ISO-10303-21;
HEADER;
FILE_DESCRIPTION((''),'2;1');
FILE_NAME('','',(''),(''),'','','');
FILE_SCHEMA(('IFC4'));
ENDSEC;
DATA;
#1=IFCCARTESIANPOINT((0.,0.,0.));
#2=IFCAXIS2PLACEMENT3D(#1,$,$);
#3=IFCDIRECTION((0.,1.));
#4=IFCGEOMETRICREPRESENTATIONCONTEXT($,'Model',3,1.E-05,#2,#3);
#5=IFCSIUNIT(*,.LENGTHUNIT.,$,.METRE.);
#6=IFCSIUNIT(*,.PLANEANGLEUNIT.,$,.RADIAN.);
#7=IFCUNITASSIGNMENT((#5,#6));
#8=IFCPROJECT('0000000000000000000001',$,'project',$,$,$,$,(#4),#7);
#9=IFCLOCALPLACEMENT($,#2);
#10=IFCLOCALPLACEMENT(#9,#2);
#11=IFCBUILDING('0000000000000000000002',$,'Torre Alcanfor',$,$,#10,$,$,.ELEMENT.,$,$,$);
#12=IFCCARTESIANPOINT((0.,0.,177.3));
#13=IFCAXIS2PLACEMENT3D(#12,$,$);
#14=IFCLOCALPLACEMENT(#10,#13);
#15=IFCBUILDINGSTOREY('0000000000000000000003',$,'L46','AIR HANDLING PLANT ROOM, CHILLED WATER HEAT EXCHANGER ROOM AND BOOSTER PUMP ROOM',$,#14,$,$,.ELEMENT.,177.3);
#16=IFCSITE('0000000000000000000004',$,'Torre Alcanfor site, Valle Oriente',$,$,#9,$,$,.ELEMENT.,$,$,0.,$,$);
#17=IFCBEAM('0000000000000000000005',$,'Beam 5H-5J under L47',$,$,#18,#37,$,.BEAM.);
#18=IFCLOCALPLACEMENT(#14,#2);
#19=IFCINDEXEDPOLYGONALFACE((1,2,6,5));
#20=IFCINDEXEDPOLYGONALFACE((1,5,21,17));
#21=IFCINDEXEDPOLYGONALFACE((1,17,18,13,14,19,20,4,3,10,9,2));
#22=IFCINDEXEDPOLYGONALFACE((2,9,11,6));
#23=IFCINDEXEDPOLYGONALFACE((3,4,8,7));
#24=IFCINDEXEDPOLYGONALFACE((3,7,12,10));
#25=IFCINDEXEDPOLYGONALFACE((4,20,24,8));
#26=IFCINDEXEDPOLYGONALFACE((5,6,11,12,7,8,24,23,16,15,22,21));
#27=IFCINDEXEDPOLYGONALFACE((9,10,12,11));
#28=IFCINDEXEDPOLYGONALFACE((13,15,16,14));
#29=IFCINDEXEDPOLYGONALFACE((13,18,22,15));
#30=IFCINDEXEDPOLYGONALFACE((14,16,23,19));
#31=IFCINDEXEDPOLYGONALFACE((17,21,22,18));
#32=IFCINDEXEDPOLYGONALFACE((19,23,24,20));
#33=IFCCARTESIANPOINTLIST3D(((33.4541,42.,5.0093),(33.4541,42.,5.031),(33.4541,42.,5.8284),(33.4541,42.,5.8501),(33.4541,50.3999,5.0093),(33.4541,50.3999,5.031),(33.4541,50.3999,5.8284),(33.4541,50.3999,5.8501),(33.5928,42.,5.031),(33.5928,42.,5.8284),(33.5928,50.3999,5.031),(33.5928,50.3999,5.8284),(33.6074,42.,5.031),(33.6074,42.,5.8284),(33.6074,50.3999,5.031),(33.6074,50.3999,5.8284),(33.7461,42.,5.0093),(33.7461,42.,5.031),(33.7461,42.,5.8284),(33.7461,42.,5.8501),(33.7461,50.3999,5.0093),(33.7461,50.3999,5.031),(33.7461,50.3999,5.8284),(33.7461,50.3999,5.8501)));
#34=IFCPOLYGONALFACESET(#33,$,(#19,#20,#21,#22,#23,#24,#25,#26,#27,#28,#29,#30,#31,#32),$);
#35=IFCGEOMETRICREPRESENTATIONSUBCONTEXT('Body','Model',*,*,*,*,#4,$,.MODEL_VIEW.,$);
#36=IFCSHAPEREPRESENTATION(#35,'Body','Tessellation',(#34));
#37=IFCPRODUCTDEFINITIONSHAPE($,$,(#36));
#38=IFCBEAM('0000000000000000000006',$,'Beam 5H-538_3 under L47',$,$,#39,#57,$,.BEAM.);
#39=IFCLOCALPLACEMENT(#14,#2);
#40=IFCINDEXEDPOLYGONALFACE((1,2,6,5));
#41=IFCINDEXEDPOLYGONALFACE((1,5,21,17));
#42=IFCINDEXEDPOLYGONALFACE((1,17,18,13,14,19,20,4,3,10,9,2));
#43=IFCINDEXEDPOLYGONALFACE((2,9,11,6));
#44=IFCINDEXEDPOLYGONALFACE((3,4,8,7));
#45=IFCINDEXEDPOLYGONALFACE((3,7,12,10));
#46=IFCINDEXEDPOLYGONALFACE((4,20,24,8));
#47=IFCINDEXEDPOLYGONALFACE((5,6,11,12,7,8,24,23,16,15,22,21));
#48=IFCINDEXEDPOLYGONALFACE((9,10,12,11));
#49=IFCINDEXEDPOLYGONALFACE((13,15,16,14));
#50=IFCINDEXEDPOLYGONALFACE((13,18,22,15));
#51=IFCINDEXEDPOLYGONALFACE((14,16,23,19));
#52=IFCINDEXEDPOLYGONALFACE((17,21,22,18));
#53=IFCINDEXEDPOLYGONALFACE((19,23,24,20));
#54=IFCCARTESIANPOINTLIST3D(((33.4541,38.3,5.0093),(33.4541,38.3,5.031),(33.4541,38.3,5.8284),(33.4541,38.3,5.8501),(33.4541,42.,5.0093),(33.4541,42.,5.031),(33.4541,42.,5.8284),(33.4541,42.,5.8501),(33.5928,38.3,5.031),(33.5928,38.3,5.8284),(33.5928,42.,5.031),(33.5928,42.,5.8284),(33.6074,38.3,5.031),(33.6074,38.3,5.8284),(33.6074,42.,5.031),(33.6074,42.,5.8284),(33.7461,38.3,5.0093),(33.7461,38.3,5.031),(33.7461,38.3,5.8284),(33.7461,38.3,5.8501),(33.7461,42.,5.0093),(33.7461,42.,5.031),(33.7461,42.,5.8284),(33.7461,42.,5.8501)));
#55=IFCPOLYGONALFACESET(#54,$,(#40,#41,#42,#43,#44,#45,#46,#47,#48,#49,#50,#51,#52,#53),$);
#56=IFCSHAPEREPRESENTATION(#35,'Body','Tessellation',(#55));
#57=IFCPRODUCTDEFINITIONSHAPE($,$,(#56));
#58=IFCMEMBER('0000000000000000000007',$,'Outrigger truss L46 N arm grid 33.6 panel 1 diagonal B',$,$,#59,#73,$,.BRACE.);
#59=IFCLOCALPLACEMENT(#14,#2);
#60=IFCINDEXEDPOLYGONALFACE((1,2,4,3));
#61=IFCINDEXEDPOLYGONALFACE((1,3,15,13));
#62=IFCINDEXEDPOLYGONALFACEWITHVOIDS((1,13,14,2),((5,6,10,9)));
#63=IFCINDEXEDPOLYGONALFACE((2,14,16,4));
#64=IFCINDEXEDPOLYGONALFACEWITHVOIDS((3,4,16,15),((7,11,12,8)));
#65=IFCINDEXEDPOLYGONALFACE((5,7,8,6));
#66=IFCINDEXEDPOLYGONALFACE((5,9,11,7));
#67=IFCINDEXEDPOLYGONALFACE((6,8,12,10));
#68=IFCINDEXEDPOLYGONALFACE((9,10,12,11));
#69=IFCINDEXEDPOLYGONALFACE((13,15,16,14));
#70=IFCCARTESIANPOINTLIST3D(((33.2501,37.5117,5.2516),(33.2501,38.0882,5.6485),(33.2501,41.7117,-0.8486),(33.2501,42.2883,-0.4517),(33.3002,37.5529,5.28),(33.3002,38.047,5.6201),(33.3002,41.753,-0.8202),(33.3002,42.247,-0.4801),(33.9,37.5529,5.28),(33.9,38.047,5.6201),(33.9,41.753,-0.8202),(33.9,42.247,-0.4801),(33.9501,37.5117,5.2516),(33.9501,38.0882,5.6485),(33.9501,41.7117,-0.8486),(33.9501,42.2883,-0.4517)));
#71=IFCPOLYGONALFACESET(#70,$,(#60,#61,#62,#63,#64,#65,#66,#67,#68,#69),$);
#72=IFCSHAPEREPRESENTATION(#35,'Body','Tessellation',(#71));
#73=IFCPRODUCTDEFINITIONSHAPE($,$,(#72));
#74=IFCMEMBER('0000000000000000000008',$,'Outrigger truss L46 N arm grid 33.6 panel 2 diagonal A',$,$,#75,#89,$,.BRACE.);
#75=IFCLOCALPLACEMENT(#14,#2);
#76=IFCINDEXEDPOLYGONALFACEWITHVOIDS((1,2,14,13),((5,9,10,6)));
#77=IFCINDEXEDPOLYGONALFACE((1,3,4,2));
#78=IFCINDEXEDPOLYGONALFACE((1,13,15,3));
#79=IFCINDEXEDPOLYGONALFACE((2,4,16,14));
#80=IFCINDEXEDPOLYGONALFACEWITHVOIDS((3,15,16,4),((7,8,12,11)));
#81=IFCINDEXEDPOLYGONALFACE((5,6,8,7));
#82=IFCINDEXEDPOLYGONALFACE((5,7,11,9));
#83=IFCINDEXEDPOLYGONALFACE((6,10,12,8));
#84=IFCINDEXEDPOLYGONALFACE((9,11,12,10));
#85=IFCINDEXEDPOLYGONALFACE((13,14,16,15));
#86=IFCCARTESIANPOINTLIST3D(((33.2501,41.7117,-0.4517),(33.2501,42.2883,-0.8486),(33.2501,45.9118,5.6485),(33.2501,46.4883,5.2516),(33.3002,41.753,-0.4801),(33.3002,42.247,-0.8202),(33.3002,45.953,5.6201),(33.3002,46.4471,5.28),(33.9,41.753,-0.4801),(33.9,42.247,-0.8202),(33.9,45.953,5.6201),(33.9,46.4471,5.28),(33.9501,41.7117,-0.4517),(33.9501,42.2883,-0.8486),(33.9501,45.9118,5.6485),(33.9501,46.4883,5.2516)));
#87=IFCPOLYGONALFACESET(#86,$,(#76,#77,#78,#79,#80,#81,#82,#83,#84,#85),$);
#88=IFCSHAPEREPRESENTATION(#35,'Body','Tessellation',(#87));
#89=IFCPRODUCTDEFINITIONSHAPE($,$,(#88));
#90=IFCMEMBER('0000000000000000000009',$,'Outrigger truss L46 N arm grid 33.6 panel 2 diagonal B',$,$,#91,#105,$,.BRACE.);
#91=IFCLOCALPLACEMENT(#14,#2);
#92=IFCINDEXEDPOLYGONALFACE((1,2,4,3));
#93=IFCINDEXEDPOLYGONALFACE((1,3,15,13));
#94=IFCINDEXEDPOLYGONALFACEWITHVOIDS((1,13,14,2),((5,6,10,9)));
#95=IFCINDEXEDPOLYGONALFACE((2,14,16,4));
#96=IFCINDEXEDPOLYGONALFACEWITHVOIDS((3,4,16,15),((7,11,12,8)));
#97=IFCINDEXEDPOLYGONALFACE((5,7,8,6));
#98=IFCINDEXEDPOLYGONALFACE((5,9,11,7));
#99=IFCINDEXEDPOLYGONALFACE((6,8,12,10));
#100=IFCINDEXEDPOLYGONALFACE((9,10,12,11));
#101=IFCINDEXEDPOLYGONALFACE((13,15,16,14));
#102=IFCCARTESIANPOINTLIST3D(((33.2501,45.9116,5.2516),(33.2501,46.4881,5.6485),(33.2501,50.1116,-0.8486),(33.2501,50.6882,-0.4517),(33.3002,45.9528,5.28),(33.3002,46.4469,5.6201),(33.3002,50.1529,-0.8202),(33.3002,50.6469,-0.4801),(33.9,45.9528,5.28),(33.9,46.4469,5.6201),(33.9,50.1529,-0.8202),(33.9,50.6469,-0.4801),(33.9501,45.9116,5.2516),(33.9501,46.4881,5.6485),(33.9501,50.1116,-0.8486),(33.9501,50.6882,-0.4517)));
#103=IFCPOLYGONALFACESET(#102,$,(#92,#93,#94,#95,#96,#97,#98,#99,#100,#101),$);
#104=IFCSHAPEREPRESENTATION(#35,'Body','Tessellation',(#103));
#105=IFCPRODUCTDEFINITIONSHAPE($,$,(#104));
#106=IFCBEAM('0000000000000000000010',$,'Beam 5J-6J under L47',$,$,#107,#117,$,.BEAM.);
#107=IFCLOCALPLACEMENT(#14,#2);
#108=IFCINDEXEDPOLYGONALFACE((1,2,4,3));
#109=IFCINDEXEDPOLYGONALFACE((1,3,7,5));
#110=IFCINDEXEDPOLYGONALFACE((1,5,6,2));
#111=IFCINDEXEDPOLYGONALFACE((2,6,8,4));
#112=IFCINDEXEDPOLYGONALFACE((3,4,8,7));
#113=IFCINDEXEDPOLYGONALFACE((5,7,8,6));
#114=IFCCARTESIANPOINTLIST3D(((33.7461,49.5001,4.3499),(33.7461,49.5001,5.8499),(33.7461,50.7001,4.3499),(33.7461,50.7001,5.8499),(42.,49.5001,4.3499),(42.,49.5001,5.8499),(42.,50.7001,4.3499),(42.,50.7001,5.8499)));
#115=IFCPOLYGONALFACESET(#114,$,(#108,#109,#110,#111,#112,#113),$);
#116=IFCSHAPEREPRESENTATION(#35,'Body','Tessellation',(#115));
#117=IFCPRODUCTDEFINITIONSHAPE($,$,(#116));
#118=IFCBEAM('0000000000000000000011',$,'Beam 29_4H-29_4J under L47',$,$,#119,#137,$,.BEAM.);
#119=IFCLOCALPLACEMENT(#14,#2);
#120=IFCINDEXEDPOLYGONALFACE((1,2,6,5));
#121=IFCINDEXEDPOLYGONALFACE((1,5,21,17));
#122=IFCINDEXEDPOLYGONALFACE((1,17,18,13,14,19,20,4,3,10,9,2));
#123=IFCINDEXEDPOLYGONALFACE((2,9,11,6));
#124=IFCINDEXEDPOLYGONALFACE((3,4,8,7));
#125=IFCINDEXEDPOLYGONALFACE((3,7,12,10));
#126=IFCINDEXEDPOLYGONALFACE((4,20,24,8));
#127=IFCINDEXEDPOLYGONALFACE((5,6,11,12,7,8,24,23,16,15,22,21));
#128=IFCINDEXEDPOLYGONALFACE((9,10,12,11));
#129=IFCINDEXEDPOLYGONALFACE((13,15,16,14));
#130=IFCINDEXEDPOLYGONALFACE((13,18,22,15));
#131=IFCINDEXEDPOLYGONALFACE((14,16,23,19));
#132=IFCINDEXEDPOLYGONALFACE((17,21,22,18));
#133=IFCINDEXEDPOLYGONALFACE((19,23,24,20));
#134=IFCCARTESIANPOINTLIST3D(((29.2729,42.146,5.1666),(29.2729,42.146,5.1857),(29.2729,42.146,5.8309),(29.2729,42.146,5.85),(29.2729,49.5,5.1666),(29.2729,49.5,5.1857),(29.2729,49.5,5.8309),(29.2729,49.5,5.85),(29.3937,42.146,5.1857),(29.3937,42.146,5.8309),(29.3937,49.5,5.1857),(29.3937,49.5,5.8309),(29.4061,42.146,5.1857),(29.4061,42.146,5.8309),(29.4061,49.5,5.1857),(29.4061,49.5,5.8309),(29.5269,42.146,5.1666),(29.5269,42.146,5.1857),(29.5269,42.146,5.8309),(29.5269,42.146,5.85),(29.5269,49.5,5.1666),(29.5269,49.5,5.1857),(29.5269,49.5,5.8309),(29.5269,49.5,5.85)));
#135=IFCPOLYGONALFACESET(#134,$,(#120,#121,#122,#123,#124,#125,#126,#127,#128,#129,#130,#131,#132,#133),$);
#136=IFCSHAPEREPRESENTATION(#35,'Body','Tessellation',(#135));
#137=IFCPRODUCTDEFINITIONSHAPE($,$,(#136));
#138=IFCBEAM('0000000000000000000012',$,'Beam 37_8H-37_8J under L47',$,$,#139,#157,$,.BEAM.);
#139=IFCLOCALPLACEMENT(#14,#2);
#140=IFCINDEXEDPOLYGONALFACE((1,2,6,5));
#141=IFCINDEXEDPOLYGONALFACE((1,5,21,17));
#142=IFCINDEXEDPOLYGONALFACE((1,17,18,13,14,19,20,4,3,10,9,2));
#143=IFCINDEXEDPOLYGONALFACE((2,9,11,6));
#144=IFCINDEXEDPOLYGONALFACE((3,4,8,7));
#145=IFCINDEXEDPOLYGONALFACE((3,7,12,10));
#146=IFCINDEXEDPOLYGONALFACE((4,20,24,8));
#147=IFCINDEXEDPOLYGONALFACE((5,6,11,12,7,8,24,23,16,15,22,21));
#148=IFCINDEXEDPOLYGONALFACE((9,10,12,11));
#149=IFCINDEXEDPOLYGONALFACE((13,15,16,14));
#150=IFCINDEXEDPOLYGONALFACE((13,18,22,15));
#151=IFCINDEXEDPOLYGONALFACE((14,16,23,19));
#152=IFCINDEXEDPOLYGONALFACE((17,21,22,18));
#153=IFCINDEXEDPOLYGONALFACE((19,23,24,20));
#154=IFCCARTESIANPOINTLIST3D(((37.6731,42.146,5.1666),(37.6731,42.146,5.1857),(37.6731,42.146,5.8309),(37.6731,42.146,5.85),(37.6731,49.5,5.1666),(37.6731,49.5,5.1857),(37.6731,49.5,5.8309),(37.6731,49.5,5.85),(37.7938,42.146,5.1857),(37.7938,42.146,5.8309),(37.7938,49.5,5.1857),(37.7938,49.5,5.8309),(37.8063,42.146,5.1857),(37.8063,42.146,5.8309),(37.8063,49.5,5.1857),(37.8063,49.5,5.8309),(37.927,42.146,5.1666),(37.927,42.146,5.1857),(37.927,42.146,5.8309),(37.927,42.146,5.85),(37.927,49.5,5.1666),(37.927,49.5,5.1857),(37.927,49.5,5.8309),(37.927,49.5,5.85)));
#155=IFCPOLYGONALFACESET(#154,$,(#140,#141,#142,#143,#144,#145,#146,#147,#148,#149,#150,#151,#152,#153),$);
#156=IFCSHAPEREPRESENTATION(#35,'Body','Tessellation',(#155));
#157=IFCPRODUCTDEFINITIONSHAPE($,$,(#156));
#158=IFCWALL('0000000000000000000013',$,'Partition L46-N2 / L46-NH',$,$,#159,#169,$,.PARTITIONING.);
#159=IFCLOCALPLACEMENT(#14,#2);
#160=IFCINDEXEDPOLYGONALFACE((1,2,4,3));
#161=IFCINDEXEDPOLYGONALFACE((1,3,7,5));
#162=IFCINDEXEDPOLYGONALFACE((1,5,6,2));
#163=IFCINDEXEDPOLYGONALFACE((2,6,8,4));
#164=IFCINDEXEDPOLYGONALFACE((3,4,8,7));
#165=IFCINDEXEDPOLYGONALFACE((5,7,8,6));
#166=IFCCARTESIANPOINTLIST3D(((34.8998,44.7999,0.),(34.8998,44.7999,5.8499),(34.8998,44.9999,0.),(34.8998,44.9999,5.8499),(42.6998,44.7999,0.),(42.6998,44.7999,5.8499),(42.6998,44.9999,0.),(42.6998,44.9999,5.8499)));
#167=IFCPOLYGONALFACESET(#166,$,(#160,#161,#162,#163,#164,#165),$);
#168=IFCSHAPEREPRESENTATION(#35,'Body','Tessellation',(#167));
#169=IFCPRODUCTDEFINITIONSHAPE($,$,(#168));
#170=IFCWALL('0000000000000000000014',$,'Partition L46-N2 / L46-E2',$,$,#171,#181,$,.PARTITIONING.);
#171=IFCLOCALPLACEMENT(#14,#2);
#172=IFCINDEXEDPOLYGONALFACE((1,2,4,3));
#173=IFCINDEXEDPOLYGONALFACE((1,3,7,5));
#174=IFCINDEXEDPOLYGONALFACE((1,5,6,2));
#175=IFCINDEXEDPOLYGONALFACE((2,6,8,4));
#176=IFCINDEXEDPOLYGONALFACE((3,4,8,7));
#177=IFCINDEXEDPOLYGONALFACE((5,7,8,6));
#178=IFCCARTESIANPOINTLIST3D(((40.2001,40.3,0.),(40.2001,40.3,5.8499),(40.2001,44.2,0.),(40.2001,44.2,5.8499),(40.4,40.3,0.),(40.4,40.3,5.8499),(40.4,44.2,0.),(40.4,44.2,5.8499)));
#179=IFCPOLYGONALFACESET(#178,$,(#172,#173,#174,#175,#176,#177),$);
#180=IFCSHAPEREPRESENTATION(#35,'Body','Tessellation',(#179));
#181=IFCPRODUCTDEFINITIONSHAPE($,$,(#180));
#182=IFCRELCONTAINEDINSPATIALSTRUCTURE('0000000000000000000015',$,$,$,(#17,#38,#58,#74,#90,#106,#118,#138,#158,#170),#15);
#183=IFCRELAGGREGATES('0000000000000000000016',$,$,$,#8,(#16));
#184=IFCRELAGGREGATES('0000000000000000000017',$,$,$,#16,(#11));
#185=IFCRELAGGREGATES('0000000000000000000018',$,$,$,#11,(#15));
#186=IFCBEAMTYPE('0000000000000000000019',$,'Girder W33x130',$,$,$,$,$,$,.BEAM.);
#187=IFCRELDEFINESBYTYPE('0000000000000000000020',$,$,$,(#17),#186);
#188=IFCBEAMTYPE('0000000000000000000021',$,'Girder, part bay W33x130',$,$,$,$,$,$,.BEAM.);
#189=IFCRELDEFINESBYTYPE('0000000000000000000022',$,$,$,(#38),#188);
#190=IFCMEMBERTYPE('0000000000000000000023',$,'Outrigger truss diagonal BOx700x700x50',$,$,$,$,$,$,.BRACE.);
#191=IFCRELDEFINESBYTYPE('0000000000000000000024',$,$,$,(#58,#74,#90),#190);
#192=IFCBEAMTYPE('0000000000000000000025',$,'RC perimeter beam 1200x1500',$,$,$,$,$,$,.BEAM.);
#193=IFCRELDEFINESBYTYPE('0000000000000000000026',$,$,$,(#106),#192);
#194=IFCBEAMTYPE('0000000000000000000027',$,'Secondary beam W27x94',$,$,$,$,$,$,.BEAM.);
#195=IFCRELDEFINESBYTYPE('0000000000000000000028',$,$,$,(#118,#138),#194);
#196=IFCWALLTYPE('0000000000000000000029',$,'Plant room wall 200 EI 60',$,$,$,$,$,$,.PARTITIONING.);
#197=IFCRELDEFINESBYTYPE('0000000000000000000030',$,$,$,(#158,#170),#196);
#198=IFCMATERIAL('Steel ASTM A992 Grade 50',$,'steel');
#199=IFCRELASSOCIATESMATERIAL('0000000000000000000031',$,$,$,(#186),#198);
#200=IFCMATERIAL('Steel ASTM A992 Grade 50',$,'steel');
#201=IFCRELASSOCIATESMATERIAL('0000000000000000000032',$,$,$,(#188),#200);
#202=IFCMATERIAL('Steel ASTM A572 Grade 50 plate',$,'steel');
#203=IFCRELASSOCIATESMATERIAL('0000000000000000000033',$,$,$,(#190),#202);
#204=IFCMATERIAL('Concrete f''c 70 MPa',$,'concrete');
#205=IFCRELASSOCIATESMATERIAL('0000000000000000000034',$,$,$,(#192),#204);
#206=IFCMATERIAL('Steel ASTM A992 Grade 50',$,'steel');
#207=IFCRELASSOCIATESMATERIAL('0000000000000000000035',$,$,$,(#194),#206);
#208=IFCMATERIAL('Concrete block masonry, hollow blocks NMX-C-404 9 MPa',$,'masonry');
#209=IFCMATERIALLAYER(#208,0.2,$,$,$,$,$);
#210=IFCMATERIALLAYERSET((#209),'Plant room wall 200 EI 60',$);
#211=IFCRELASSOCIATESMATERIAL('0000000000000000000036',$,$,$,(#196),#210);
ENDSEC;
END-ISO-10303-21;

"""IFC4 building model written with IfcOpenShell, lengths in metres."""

from ifc_helpers import new_model, si_unit, direction, frame, frame_2d, origin, origin_2d, place, context, subcontext, project, spatial, rectangle, hollow_rectangle, i_section, extrude, material, layer, layer_set, material_profile, profile_set, type_object, element, save


model = new_model("IFC4")

# Units and contexts
model_context = context("Model", 3, precision=1e-05, world=origin(), true_north=direction((0.0, 1.0)))
body_context = subcontext(model_context, "Body", "Model", "MODEL_VIEW")
ifc_project = project(units=[si_unit("LENGTHUNIT", "METRE"), si_unit("PLANEANGLEUNIT", "RADIAN")], contexts=[model_context])

# Site, building, storey
site_placement = place(None, origin())
site = spatial("IfcSite", under=ifc_project, at=site_placement, Name="Torre Alcanfor site, Valle Oriente", CompositionType="ELEMENT", RefElevation=0.0)
building_placement = place(site_placement, origin())
building = spatial("IfcBuilding", under=site, at=building_placement, Name="Torre Alcanfor", CompositionType="ELEMENT")
storey_placement = place(building_placement, frame((0.0, 0.0, 177.3)))
storey = spatial("IfcBuildingStorey", under=building, at=storey_placement, Name="L46", Description="AIR HANDLING PLANT ROOM, CHILLED WATER HEAT EXCHANGER ROOM AND BOOSTER PUMP ROOM", CompositionType="ELEMENT", Elevation=177.3)

# Beams
ifc_material_1 = material(Name="Steel ASTM A992 Grade 50", Category="steel")
ifc_material_profile_1 = material_profile(ifc_material_1, i_section(OverallWidth=0.292, OverallDepth=0.8408, WebThickness=0.0146, FlangeThickness=0.0217, at=origin_2d()), Name="W33x130")
ifc_profile_set_1 = profile_set([ifc_material_profile_1], Name="Steel ASTM A992 Grade 50")
beam_type_1 = type_object("IfcBeamType", Name="Girder W33x130", PredefinedType="BEAM", material=ifc_profile_set_1)
for number, where, z_axis, x_axis, name in (
    (1, (33.6001, 42.0, 5.4297), (0.0, 1.0, 0.0), (-1.0, 0.0, 0.0), "Beam 5H-5J under L47"),
):
    element("IfcBeam", number, at=place(storey_placement, frame(where, z_axis=z_axis, x_axis=x_axis)), inside=storey, type_object=beam_type_1, Name=name, PredefinedType="BEAM", context=body_context, shape_type="SweptSolid", body=[
        extrude(i_section(OverallWidth=0.292, OverallDepth=0.8408, WebThickness=0.0146, FlangeThickness=0.0217, at=origin_2d()), origin(), (0.0, 0.0, 1.0), 8.3999),
    ])
ifc_material_2 = material(Name="Steel ASTM A992 Grade 50", Category="steel")
ifc_material_profile_2 = material_profile(ifc_material_2, i_section(OverallWidth=0.292, OverallDepth=0.8408, WebThickness=0.0146, FlangeThickness=0.0217, at=origin_2d()), Name="W33x130")
ifc_profile_set_2 = profile_set([ifc_material_profile_2], Name="Steel ASTM A992 Grade 50")
beam_type_2 = type_object("IfcBeamType", Name="Girder, part bay W33x130", PredefinedType="BEAM", material=ifc_profile_set_2)
beam_1_placement = place(storey_placement, frame((33.6001, 42.0, 5.4297), z_axis=(0.0, -1.0, 0.0), x_axis=(1.0, 0.0, 0.0)))
element("IfcBeam", 2, at=beam_1_placement, inside=storey, type_object=beam_type_2, Name="Beam 5H-538_3 under L47", PredefinedType="BEAM", context=body_context, shape_type="SweptSolid", body=[
    extrude(i_section(OverallWidth=0.292, OverallDepth=0.8408, WebThickness=0.0146, FlangeThickness=0.0217, at=origin_2d()), origin(), (0.0, 0.0, 1.0), 3.7),
])

# Members
ifc_material_3 = material(Name="Steel ASTM A572 Grade 50 plate", Category="steel")
ifc_material_profile_3 = material_profile(ifc_material_3, hollow_rectangle(XDim=0.7, YDim=0.7, WallThickness=0.05, at=origin_2d()), Name="BOX 700x700x50")
ifc_profile_set_3 = profile_set([ifc_material_profile_3], Name="Steel ASTM A572 Grade 50 plate")
member_type_1 = type_object("IfcMemberType", Name="Outrigger truss diagonal BOx700x700x50", PredefinedType="BRACE", material=ifc_profile_set_3)
for number, where, z_axis, x_axis, name in (
    (3, (33.6001, 42.0, -0.6501), (0.0, -0.567091, 0.823655), (1.0, 0.0, 0.0), "Outrigger truss L46 N arm grid 33.6 panel 1 diagonal B"),
    (4, (33.6001, 42.0, -0.6501), (0.0, 0.567091, 0.823655), (-1.0, 0.0, 0.0), "Outrigger truss L46 N arm grid 33.6 panel 2 diagonal A"),
    (5, (33.6001, 50.3999, -0.6501), (0.0, -0.567091, 0.823655), (1.0, 0.0, 0.0), "Outrigger truss L46 N arm grid 33.6 panel 2 diagonal B"),
):
    element("IfcMember", number, at=place(storey_placement, frame(where, z_axis=z_axis, x_axis=x_axis)), inside=storey, type_object=member_type_1, Name=name, PredefinedType="BRACE", context=body_context, shape_type="SweptSolid", body=[
        extrude(hollow_rectangle(XDim=0.7, YDim=0.7, WallThickness=0.05, at=origin_2d()), origin(), (0.0, 0.0, 1.0), 7.4062),
    ])

# Beams
ifc_material_4 = material(Name="Concrete f'c 70 MPa", Category="concrete")
ifc_material_profile_4 = material_profile(ifc_material_4, rectangle(XDim=1.2, YDim=1.5, at=origin_2d()), Name="1200x1500")
ifc_profile_set_4 = profile_set([ifc_material_profile_4], Name="Concrete f'c 70 MPa")
beam_type_3 = type_object("IfcBeamType", Name="RC perimeter beam 1200x1500", PredefinedType="BEAM", material=ifc_profile_set_4)
beam_2_placement = place(storey_placement, frame((33.7461, 50.1001, 5.0999), z_axis=(1.0, 0.0, 0.0), x_axis=(0.0, 1.0, 0.0)))
element("IfcBeam", 6, at=beam_2_placement, inside=storey, type_object=beam_type_3, Name="Beam 5J-6J under L47", PredefinedType="BEAM", context=body_context, shape_type="SweptSolid", body=[
    extrude(rectangle(XDim=1.2, YDim=1.5, at=origin_2d()), origin(), (0.0, 0.0, 1.0), 8.2539),
])
ifc_material_5 = material(Name="Steel ASTM A992 Grade 50", Category="steel")
ifc_material_profile_5 = material_profile(ifc_material_5, i_section(OverallWidth=0.2539, OverallDepth=0.6833, WebThickness=0.0125, FlangeThickness=0.019, at=origin_2d()), Name="W27x94")
ifc_profile_set_5 = profile_set([ifc_material_profile_5], Name="Steel ASTM A992 Grade 50")
beam_type_4 = type_object("IfcBeamType", Name="Secondary beam W27x94", PredefinedType="BEAM", material=ifc_profile_set_5)
for number, where, z_axis, x_axis, name in (
    (7, (29.3999, 42.146, 5.5083), (0.0, 1.0, 0.0), (-1.0, 0.0, 0.0), "Beam 29_4H-29_4J under L47"),
    (8, (37.8, 42.146, 5.5083), (0.0, 1.0, 0.0), (-1.0, 0.0, 0.0), "Beam 37_8H-37_8J under L47"),
):
    element("IfcBeam", number, at=place(storey_placement, frame(where, z_axis=z_axis, x_axis=x_axis)), inside=storey, type_object=beam_type_4, Name=name, PredefinedType="BEAM", context=body_context, shape_type="SweptSolid", body=[
        extrude(i_section(OverallWidth=0.2539, OverallDepth=0.6833, WebThickness=0.0125, FlangeThickness=0.019, at=origin_2d()), origin(), (0.0, 0.0, 1.0), 7.354),
    ])

# Walls
ifc_material_6 = material(Name="Concrete block masonry, hollow blocks NMX-C-404 9 MPa", Category="masonry")
ifc_layer_1 = layer(ifc_material_6, 0.2)
ifc_layer_set_1 = layer_set([ifc_layer_1], Name="Plant room wall 200 EI 60")
wall_type = type_object("IfcWallType", Name="Plant room wall 200 EI 60", PredefinedType="PARTITIONING", material=ifc_layer_set_1)
wall_1_placement = place(storey_placement, frame((34.8999, 44.8999, 0.0), z_axis=(0.0, 0.0, 1.0), x_axis=(1.0, 0.0, 0.0)))
element("IfcWall", 9, at=wall_1_placement, inside=storey, type_object=wall_type, Name="Partition L46-N2 / L46-NH", PredefinedType="PARTITIONING", context=body_context, shape_type="SweptSolid", body=[
    extrude(rectangle(XDim=7.8, YDim=0.2, at=frame_2d((3.8999, 0.0))), origin(), (0.0, 0.0, 1.0), 5.8499),
])
wall_2_placement = place(storey_placement, frame((40.3, 44.2, 0.0), z_axis=(0.0, 0.0, 1.0), x_axis=(0.0, -1.0, 0.0)))
element("IfcWall", 10, at=wall_2_placement, inside=storey, type_object=wall_type, Name="Partition L46-N2 / L46-E2", PredefinedType="PARTITIONING", context=body_context, shape_type="SweptSolid", body=[
    extrude(rectangle(XDim=3.8999, YDim=0.2, at=frame_2d((1.95, 0.0))), origin(), (0.0, 0.0, 1.0), 5.8499),
])

save(model, "model.ifc")
